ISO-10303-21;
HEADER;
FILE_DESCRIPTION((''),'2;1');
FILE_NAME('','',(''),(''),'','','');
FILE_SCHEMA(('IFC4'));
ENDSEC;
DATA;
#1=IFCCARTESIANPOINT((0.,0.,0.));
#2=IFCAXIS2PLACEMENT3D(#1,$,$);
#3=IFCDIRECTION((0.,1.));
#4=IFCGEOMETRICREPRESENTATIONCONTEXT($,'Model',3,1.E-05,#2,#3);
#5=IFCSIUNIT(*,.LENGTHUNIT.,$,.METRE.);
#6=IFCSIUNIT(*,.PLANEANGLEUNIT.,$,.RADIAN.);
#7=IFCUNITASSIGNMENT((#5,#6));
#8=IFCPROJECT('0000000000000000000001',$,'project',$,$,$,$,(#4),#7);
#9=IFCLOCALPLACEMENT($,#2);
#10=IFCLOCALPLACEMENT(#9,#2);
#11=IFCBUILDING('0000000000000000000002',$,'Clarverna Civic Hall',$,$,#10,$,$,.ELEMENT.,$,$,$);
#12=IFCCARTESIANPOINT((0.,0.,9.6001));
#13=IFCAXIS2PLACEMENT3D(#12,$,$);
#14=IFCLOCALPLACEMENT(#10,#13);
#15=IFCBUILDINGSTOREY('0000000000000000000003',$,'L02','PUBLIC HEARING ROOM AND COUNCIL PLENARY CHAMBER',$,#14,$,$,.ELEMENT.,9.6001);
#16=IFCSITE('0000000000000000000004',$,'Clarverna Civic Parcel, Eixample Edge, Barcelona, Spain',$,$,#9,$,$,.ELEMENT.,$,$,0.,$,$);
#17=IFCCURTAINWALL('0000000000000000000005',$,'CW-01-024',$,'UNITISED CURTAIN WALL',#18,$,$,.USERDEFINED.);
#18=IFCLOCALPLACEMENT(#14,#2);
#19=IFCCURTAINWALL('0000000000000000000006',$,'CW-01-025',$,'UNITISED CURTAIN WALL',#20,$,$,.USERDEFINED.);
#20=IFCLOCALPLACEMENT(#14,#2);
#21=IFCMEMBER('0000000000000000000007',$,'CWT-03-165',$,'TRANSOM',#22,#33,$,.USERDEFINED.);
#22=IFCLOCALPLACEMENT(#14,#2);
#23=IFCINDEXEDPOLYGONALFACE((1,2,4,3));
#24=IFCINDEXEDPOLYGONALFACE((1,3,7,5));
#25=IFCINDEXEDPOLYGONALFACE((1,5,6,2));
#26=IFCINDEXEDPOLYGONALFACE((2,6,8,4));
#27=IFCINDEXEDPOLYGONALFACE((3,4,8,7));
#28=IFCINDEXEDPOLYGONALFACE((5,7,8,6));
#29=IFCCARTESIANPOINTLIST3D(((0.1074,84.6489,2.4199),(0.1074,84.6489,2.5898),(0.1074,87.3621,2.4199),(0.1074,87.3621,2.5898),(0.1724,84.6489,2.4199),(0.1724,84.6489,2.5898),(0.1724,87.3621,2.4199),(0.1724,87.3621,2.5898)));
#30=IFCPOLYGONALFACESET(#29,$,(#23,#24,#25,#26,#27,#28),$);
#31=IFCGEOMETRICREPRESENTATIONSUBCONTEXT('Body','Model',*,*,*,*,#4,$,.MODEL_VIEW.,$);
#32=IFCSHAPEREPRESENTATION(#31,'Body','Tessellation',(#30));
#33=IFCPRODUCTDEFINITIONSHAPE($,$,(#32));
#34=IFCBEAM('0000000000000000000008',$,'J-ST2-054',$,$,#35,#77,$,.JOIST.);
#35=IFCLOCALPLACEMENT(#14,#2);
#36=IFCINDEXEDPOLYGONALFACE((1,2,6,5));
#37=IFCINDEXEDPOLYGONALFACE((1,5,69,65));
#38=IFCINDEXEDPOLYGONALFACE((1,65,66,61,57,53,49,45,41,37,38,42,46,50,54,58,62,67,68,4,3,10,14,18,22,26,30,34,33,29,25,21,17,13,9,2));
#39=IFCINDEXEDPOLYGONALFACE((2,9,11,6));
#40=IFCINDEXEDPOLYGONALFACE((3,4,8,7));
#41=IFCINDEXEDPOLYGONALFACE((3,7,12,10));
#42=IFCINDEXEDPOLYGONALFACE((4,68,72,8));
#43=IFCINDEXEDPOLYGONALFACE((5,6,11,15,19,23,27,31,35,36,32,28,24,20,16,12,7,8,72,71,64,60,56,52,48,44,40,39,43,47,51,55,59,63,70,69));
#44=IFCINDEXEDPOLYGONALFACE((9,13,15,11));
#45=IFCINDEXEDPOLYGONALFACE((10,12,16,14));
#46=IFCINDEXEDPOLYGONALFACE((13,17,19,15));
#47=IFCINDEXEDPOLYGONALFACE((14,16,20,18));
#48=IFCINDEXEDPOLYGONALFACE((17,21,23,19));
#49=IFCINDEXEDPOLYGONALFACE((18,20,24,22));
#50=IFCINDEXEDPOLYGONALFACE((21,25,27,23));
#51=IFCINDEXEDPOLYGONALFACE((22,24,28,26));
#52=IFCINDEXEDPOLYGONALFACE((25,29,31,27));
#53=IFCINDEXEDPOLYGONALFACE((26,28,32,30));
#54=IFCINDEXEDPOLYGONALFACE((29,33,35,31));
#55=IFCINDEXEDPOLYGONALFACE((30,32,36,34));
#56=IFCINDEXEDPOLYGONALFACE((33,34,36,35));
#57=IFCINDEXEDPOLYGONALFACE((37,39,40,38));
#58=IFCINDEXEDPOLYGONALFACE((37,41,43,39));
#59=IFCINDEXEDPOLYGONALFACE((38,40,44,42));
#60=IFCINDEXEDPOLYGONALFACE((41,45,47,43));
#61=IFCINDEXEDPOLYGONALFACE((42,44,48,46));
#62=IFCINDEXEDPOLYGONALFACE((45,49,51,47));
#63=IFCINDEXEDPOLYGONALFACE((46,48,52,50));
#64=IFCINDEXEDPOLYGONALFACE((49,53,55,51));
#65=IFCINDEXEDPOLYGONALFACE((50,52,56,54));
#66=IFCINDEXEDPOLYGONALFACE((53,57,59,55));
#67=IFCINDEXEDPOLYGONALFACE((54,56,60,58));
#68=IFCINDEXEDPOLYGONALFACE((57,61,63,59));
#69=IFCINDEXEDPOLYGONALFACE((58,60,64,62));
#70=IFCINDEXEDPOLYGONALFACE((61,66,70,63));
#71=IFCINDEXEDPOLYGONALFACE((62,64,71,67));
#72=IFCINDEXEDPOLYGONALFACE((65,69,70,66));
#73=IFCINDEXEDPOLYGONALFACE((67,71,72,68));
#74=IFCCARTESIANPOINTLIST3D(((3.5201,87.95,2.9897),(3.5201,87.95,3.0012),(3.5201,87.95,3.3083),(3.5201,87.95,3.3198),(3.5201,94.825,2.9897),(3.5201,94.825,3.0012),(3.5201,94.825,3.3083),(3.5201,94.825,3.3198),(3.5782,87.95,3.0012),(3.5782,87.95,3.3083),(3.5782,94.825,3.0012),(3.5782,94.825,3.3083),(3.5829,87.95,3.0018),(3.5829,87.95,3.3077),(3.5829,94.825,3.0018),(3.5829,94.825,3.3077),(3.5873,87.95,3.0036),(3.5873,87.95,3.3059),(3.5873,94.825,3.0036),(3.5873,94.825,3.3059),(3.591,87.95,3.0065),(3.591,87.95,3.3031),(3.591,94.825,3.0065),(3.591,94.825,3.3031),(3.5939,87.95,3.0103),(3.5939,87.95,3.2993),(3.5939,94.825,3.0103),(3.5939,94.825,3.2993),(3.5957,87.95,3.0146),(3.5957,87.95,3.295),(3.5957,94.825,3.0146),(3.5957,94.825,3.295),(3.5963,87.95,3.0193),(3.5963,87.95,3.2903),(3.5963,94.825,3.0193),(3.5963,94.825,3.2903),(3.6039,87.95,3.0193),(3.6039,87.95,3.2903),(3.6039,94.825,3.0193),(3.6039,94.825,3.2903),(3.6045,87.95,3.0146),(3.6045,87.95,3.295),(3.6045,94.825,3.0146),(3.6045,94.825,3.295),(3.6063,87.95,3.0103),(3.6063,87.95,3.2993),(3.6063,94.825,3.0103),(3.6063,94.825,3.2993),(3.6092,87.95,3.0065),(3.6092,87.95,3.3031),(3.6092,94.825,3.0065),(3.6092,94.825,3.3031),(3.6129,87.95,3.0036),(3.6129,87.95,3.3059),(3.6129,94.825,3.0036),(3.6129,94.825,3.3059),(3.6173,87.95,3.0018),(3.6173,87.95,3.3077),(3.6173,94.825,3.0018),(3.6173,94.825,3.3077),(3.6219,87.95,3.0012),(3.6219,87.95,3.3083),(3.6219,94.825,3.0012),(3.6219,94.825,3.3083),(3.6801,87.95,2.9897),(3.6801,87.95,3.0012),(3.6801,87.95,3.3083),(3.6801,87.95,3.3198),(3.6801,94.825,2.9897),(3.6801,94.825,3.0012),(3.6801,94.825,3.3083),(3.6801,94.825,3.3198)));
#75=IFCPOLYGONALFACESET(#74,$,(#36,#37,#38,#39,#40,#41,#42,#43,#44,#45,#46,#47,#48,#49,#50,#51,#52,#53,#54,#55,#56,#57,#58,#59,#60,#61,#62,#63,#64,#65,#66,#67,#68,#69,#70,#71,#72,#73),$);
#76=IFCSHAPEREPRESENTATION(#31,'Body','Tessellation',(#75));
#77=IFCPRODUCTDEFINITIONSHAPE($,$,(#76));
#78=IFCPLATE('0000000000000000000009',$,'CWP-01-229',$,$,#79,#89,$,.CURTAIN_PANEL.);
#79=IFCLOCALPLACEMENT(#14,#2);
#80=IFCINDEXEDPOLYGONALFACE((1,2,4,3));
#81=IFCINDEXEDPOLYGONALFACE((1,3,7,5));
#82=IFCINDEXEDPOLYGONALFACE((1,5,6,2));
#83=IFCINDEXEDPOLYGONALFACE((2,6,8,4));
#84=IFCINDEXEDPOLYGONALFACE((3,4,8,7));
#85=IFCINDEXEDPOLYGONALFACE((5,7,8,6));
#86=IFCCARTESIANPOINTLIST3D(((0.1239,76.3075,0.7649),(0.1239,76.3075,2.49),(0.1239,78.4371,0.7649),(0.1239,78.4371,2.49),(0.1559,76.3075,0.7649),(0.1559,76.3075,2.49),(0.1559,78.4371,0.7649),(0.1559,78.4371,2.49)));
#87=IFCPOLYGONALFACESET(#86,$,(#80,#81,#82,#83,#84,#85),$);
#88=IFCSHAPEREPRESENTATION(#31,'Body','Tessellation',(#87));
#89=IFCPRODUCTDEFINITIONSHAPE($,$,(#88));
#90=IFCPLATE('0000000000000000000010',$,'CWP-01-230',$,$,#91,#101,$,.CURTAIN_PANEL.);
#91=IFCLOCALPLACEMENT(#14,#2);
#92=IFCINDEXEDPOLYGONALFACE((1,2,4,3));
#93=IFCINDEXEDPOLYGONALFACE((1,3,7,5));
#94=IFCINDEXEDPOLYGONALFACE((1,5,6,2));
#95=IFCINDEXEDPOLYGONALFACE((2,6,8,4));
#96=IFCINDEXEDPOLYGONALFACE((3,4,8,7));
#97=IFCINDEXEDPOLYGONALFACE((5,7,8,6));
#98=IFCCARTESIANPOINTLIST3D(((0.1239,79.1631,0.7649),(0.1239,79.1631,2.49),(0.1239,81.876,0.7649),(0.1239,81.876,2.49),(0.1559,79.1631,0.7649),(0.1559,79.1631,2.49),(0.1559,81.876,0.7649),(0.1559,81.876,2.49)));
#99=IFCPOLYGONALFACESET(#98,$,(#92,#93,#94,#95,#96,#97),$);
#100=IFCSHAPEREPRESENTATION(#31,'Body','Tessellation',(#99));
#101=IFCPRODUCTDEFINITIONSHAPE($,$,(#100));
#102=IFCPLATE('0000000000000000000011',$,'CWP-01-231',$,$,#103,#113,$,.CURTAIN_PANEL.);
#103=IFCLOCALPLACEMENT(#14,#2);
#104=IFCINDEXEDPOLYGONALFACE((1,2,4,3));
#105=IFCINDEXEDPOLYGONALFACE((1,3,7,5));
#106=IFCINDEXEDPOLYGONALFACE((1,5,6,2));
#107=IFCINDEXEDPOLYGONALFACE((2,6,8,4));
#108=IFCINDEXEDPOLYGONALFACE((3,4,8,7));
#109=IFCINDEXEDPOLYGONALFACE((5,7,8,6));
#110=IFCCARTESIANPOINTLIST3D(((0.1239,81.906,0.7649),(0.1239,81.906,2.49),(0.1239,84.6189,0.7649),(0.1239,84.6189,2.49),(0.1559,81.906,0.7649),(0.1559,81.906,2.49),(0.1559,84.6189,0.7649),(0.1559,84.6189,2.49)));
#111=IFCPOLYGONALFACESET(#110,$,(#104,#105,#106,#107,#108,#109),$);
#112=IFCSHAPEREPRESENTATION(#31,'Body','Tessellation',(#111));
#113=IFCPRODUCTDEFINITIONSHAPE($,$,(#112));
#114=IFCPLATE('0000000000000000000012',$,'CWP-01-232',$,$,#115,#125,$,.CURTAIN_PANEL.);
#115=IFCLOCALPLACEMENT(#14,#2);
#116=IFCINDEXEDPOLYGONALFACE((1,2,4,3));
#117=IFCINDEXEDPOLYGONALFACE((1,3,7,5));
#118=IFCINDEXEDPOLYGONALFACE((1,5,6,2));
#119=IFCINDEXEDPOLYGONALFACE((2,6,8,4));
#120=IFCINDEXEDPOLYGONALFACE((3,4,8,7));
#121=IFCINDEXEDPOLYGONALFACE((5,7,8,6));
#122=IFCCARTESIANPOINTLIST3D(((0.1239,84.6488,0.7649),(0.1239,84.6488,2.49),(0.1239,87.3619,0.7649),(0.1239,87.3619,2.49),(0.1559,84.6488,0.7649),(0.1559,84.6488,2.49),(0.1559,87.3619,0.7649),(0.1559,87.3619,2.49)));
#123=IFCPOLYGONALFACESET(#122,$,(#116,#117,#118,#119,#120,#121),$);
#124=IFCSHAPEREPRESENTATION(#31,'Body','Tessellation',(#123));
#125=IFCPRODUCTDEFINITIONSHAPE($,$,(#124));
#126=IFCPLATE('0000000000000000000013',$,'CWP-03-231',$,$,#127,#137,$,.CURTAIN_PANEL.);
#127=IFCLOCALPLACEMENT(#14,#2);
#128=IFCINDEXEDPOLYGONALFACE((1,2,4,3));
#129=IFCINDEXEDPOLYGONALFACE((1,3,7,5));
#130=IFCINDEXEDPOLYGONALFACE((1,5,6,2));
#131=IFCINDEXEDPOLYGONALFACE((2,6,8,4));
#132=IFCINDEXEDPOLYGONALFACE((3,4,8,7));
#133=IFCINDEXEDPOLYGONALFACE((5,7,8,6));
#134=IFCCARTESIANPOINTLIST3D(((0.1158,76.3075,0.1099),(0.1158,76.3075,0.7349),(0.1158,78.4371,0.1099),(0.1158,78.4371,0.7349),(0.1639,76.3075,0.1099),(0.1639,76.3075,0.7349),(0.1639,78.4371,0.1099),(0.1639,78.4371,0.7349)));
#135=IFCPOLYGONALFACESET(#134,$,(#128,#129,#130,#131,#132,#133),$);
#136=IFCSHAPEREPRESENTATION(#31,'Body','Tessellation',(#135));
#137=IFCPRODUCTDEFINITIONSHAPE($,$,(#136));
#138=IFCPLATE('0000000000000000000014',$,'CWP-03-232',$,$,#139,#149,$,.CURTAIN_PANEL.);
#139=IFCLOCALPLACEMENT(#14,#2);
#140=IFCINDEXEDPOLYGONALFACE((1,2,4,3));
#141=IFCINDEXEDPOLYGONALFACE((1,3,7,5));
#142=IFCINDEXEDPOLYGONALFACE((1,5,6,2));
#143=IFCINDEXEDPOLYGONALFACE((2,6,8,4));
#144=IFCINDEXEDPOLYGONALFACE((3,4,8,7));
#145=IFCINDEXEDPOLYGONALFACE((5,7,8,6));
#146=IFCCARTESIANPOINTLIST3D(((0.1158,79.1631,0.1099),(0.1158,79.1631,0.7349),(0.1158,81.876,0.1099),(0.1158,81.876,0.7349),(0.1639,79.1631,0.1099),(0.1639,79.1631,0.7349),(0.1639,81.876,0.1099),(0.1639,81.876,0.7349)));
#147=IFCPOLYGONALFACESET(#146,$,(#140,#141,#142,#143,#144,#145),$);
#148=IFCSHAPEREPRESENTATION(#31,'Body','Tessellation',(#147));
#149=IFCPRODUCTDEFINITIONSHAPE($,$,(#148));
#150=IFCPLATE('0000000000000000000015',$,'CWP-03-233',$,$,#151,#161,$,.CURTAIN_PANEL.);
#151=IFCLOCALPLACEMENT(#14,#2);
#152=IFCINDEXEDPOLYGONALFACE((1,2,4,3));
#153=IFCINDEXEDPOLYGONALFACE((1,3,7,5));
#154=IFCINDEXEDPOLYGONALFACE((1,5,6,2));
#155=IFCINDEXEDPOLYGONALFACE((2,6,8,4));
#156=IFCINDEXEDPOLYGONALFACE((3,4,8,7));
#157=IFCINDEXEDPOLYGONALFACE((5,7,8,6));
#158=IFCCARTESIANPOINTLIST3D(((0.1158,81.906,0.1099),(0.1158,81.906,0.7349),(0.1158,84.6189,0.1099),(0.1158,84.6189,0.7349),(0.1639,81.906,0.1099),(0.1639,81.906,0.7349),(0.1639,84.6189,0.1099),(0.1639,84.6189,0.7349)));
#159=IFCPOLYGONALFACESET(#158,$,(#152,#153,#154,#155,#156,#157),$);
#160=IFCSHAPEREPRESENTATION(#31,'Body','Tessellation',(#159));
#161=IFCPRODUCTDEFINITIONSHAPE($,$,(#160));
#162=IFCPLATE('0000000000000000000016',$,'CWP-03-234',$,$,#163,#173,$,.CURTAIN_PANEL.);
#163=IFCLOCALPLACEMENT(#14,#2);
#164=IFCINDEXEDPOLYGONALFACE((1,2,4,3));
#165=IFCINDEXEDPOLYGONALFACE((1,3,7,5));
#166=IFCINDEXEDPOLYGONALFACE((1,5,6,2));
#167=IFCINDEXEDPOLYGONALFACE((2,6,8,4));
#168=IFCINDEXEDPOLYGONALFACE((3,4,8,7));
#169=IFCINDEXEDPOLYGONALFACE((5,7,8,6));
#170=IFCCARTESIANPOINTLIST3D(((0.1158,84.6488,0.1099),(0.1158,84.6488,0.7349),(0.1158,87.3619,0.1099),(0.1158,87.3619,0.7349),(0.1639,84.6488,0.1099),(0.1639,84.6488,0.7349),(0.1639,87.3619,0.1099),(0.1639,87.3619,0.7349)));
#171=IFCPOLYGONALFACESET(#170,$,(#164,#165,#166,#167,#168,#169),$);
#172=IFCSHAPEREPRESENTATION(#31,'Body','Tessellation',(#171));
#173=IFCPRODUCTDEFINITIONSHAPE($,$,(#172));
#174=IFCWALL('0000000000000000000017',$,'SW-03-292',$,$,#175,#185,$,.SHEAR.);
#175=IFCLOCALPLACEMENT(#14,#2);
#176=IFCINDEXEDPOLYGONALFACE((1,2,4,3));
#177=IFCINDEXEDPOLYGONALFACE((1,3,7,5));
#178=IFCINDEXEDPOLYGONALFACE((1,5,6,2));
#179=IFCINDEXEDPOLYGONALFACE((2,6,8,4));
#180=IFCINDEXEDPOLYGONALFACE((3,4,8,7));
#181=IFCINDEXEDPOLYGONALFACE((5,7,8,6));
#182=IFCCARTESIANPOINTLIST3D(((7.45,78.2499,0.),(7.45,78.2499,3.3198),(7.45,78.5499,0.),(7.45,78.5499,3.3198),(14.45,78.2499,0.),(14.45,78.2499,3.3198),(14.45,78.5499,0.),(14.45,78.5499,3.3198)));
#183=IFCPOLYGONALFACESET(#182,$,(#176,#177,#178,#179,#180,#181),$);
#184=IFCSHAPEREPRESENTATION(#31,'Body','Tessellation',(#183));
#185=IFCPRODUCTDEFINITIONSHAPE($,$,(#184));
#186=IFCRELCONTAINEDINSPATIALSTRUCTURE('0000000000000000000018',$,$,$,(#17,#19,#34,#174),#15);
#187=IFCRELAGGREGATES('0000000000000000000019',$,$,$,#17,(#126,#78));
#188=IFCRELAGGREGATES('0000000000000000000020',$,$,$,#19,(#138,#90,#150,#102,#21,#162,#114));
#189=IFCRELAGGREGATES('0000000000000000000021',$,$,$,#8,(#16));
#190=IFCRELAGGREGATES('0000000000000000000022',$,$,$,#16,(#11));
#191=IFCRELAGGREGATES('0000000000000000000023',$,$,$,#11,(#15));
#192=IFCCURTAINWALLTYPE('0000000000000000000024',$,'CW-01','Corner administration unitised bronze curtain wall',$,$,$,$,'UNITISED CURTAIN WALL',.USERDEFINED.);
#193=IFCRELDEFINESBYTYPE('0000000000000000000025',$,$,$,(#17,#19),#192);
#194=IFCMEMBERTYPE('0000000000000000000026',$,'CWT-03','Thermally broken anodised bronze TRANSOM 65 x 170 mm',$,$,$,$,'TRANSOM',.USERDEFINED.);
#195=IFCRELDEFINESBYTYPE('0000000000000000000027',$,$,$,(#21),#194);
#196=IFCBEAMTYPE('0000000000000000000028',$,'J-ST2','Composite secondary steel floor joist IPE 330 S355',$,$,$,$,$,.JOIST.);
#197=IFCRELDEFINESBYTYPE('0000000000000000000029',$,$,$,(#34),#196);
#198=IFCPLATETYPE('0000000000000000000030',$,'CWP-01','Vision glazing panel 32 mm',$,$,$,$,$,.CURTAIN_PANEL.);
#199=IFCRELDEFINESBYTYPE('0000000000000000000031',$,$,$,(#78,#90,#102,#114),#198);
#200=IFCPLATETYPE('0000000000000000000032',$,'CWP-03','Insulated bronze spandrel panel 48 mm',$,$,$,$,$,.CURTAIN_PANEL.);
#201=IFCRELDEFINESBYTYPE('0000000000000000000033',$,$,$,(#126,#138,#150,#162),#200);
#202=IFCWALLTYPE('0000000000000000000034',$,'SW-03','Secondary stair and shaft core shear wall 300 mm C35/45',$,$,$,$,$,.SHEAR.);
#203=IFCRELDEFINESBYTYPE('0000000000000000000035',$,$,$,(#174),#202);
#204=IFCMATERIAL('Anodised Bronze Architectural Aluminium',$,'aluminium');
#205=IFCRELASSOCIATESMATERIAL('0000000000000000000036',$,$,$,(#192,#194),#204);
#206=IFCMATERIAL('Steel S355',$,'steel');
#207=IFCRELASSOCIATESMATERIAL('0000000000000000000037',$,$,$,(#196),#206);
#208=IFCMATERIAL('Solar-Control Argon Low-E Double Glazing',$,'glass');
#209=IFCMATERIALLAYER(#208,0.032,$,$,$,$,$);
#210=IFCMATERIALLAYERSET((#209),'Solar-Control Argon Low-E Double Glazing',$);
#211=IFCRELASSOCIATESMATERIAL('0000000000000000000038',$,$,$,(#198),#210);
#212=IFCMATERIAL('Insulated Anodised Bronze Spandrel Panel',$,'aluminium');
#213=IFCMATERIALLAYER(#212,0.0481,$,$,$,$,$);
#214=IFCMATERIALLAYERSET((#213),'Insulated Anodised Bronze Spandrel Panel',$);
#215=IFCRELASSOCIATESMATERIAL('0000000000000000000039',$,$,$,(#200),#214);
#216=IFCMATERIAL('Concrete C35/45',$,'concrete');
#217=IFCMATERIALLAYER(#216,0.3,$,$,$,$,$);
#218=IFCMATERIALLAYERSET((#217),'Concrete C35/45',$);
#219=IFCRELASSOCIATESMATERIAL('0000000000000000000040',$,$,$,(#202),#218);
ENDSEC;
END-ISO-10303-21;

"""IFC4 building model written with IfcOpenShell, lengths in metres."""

from ifc_helpers import new_model, si_unit, direction, frame, frame_2d, origin, origin_2d, place, context, subcontext, project, spatial, rectangle, i_section, extrude, material, layer, layer_set, material_profile, profile_set, type_object, element, aggregate, save


model = new_model("IFC4")

# Units and contexts
model_context = context("Model", 3, precision=1e-05, world=origin(), true_north=direction((0.0, 1.0)))
body_context = subcontext(model_context, "Body", "Model", "MODEL_VIEW")
ifc_project = project(units=[si_unit("LENGTHUNIT", "METRE"), si_unit("PLANEANGLEUNIT", "RADIAN")], contexts=[model_context])

# Site, building, storey
site_placement = place(None, origin())
site = spatial("IfcSite", under=ifc_project, at=site_placement, Name="Clarverna Civic Parcel, Eixample Edge, Barcelona, Spain", CompositionType="ELEMENT", RefElevation=0.0)
building_placement = place(site_placement, origin())
building = spatial("IfcBuilding", under=site, at=building_placement, Name="Clarverna Civic Hall", CompositionType="ELEMENT")
storey_placement = place(building_placement, frame((0.0, 0.0, 9.6001)))
storey = spatial("IfcBuildingStorey", under=building, at=storey_placement, Name="L02", Description="PUBLIC HEARING ROOM AND COUNCIL PLENARY CHAMBER", CompositionType="ELEMENT", Elevation=9.6001)

# Shared definitions
ifc_material_1 = material(Name="Concrete C35/45", Category="concrete")

# Shared definitions
ifc_material_2 = material(Name="Steel S355", Category="steel")

# Curtain walls
ifc_material_3 = material(Name="Anodised Bronze Architectural Aluminium", Category="aluminium")
curtain_wall_type = type_object("IfcCurtainWallType", Name="CW-01", Description="Corner administration unitised bronze curtain wall", ElementType="UNITISED CURTAIN WALL", PredefinedType="USERDEFINED", material=ifc_material_3)
curtain_wall_1_placement = place(storey_placement, origin())
curtain_wall_1 = element("IfcCurtainWall", 1, at=curtain_wall_1_placement, inside=storey, type_object=curtain_wall_type, Name="CW-01-024", ObjectType="UNITISED CURTAIN WALL", PredefinedType="USERDEFINED")
curtain_wall_2_placement = place(storey_placement, origin())
curtain_wall_2 = element("IfcCurtainWall", 2, at=curtain_wall_2_placement, inside=storey, type_object=curtain_wall_type, Name="CW-01-025", ObjectType="UNITISED CURTAIN WALL", PredefinedType="USERDEFINED")

# Member
ifc_material_profile_1 = material_profile(ifc_material_3, rectangle(XDim=0.0649, YDim=0.1699, at=origin_2d()), Name="BRONZE 65x170")
ifc_profile_set_1 = profile_set([ifc_material_profile_1], Name="Anodised Bronze Architectural Aluminium")
member_type_1 = type_object("IfcMemberType", Name="CWT-03", Description="Thermally broken anodised bronze TRANSOM 65 x 170 mm", ElementType="TRANSOM", PredefinedType="USERDEFINED", material=ifc_profile_set_1)
member_1_placement = place(storey_placement, frame((0.1399, 84.6489, 2.5049), z_axis=(0.0, 1.0, 0.0), x_axis=(-1.0, 0.0, 0.0)))
member_1 = element("IfcMember", 3, at=member_1_placement, type_object=member_type_1, Name="CWT-03-165", ObjectType="TRANSOM", PredefinedType="USERDEFINED", context=body_context, shape_type="SweptSolid", body=[
    extrude(rectangle(XDim=0.0649, YDim=0.1699, at=origin_2d()), origin(), (0.0, 0.0, 1.0), 2.7131),
])

# Beam
ifc_material_profile_2 = material_profile(ifc_material_2, i_section(OverallWidth=0.1599, OverallDepth=0.3301, WebThickness=0.0076, FlangeThickness=0.0115, FilletRadius=0.0181, at=origin_2d()), Name="IPE 330")
ifc_profile_set_2 = profile_set([ifc_material_profile_2], Name="Steel S355")
beam_type_1 = type_object("IfcBeamType", Name="J-ST2", Description="Composite secondary steel floor joist IPE 330 S355", PredefinedType="JOIST", material=ifc_profile_set_2)
beam_1_placement = place(storey_placement, frame((3.6001, 87.95, 3.1548), z_axis=(0.0, 1.0, 0.0), x_axis=(-1.0, 0.0, 0.0)))
element("IfcBeam", 4, at=beam_1_placement, inside=storey, type_object=beam_type_1, Name="J-ST2-054", PredefinedType="JOIST", context=body_context, shape_type="SweptSolid", body=[
    extrude(i_section(OverallWidth=0.1599, OverallDepth=0.3301, WebThickness=0.0076, FlangeThickness=0.0115, FilletRadius=0.0181, at=origin_2d()), origin(), (0.0, 0.0, 1.0), 6.875),
])

# Plates
ifc_material_4 = material(Name="Solar-Control Argon Low-E Double Glazing", Category="glass")
ifc_layer_1 = layer(ifc_material_4, 0.032)
ifc_layer_set_1 = layer_set([ifc_layer_1], Name="Solar-Control Argon Low-E Double Glazing")
plate_type_1 = type_object("IfcPlateType", Name="CWP-01", Description="Vision glazing panel 32 mm", PredefinedType="CURTAIN_PANEL", material=ifc_layer_set_1)
plate_1_placement = place(storey_placement, frame((0.1399, 76.3074, 0.7649), z_axis=(0.0, 0.0, 1.0), x_axis=(0.0, 1.0, 0.0)))
plate_1 = element("IfcPlate", 5, at=plate_1_placement, type_object=plate_type_1, Name="CWP-01-229", PredefinedType="CURTAIN_PANEL", context=body_context, shape_type="SweptSolid", body=[
    extrude(rectangle(XDim=2.1296, YDim=0.032, at=frame_2d((1.0649, 0.0))), origin(), (0.0, 0.0, 1.0), 1.7251),
])
plate_2_placement = place(storey_placement, frame((0.1399, 79.1631, 0.7649), z_axis=(0.0, 0.0, 1.0), x_axis=(0.0, 1.0, 0.0)))
plate_2 = element("IfcPlate", 6, at=plate_2_placement, type_object=plate_type_1, Name="CWP-01-230", PredefinedType="CURTAIN_PANEL", context=body_context, shape_type="SweptSolid", body=[
    extrude(rectangle(XDim=2.7129, YDim=0.032, at=frame_2d((1.3564, 0.0))), origin(), (0.0, 0.0, 1.0), 1.7251),
])
plate_3_placement = place(storey_placement, frame((0.1399, 81.906, 0.7649), z_axis=(0.0, 0.0, 1.0), x_axis=(0.0, 1.0, 0.0)))
plate_3 = element("IfcPlate", 7, at=plate_3_placement, type_object=plate_type_1, Name="CWP-01-231", PredefinedType="CURTAIN_PANEL", context=body_context, shape_type="SweptSolid", body=[
    extrude(rectangle(XDim=2.7129, YDim=0.032, at=frame_2d((1.3564, 0.0))), origin(), (0.0, 0.0, 1.0), 1.7251),
])
plate_4_placement = place(storey_placement, frame((0.1399, 84.6489, 0.7649), z_axis=(0.0, 0.0, 1.0), x_axis=(0.0, 1.0, 0.0)))
plate_4 = element("IfcPlate", 8, at=plate_4_placement, type_object=plate_type_1, Name="CWP-01-232", PredefinedType="CURTAIN_PANEL", context=body_context, shape_type="SweptSolid", body=[
    extrude(rectangle(XDim=2.7131, YDim=0.032, at=frame_2d((1.3564, 0.0))), origin(), (0.0, 0.0, 1.0), 1.7251),
])
ifc_material_5 = material(Name="Insulated Anodised Bronze Spandrel Panel", Category="aluminium")
ifc_layer_2 = layer(ifc_material_5, 0.0481)
ifc_layer_set_2 = layer_set([ifc_layer_2], Name="Insulated Anodised Bronze Spandrel Panel")
plate_type_2 = type_object("IfcPlateType", Name="CWP-03", Description="Insulated bronze spandrel panel 48 mm", PredefinedType="CURTAIN_PANEL", material=ifc_layer_set_2)
plate_5_placement = place(storey_placement, frame((0.1399, 76.3074, 0.1099), z_axis=(0.0, 0.0, 1.0), x_axis=(0.0, 1.0, 0.0)))
plate_5 = element("IfcPlate", 9, at=plate_5_placement, type_object=plate_type_2, Name="CWP-03-231", PredefinedType="CURTAIN_PANEL", context=body_context, shape_type="SweptSolid", body=[
    extrude(rectangle(XDim=2.1296, YDim=0.0481, at=frame_2d((1.0649, 0.0))), origin(), (0.0, 0.0, 1.0), 0.625),
])
aggregate(curtain_wall_1, [plate_5, plate_1])
plate_6_placement = place(storey_placement, frame((0.1399, 79.1631, 0.1099), z_axis=(0.0, 0.0, 1.0), x_axis=(0.0, 1.0, 0.0)))
plate_6 = element("IfcPlate", 10, at=plate_6_placement, type_object=plate_type_2, Name="CWP-03-232", PredefinedType="CURTAIN_PANEL", context=body_context, shape_type="SweptSolid", body=[
    extrude(rectangle(XDim=2.7129, YDim=0.0481, at=frame_2d((1.3564, 0.0))), origin(), (0.0, 0.0, 1.0), 0.625),
])
plate_7_placement = place(storey_placement, frame((0.1399, 81.906, 0.1099), z_axis=(0.0, 0.0, 1.0), x_axis=(0.0, 1.0, 0.0)))
plate_7 = element("IfcPlate", 11, at=plate_7_placement, type_object=plate_type_2, Name="CWP-03-233", PredefinedType="CURTAIN_PANEL", context=body_context, shape_type="SweptSolid", body=[
    extrude(rectangle(XDim=2.7129, YDim=0.0481, at=frame_2d((1.3564, 0.0))), origin(), (0.0, 0.0, 1.0), 0.625),
])
plate_8_placement = place(storey_placement, frame((0.1399, 84.6489, 0.1099), z_axis=(0.0, 0.0, 1.0), x_axis=(0.0, 1.0, 0.0)))
plate_8 = element("IfcPlate", 12, at=plate_8_placement, type_object=plate_type_2, Name="CWP-03-234", PredefinedType="CURTAIN_PANEL", context=body_context, shape_type="SweptSolid", body=[
    extrude(rectangle(XDim=2.7131, YDim=0.0481, at=frame_2d((1.3564, 0.0))), origin(), (0.0, 0.0, 1.0), 0.625),
])
aggregate(curtain_wall_2, [plate_6, plate_2, plate_7, plate_3, member_1, plate_8, plate_4])

# Wall
ifc_layer_3 = layer(ifc_material_1, 0.3)
ifc_layer_set_3 = layer_set([ifc_layer_3], Name="Concrete C35/45")
wall_type = type_object("IfcWallType", Name="SW-03", Description="Secondary stair and shaft core shear wall 300 mm C35/45", PredefinedType="SHEAR", material=ifc_layer_set_3)
wall_1_placement = place(storey_placement, frame((7.45, 78.3999, 0.0), z_axis=(0.0, 0.0, 1.0), x_axis=(1.0, 0.0, 0.0)))
element("IfcWall", 13, at=wall_1_placement, inside=storey, type_object=wall_type, Name="SW-03-292", PredefinedType="SHEAR", context=body_context, shape_type="SweptSolid", body=[
    extrude(rectangle(XDim=7.0, YDim=0.3, at=frame_2d((3.5, 0.0))), origin(), (0.0, 0.0, 1.0), 3.3198),
])

save(model, "model.ifc")
